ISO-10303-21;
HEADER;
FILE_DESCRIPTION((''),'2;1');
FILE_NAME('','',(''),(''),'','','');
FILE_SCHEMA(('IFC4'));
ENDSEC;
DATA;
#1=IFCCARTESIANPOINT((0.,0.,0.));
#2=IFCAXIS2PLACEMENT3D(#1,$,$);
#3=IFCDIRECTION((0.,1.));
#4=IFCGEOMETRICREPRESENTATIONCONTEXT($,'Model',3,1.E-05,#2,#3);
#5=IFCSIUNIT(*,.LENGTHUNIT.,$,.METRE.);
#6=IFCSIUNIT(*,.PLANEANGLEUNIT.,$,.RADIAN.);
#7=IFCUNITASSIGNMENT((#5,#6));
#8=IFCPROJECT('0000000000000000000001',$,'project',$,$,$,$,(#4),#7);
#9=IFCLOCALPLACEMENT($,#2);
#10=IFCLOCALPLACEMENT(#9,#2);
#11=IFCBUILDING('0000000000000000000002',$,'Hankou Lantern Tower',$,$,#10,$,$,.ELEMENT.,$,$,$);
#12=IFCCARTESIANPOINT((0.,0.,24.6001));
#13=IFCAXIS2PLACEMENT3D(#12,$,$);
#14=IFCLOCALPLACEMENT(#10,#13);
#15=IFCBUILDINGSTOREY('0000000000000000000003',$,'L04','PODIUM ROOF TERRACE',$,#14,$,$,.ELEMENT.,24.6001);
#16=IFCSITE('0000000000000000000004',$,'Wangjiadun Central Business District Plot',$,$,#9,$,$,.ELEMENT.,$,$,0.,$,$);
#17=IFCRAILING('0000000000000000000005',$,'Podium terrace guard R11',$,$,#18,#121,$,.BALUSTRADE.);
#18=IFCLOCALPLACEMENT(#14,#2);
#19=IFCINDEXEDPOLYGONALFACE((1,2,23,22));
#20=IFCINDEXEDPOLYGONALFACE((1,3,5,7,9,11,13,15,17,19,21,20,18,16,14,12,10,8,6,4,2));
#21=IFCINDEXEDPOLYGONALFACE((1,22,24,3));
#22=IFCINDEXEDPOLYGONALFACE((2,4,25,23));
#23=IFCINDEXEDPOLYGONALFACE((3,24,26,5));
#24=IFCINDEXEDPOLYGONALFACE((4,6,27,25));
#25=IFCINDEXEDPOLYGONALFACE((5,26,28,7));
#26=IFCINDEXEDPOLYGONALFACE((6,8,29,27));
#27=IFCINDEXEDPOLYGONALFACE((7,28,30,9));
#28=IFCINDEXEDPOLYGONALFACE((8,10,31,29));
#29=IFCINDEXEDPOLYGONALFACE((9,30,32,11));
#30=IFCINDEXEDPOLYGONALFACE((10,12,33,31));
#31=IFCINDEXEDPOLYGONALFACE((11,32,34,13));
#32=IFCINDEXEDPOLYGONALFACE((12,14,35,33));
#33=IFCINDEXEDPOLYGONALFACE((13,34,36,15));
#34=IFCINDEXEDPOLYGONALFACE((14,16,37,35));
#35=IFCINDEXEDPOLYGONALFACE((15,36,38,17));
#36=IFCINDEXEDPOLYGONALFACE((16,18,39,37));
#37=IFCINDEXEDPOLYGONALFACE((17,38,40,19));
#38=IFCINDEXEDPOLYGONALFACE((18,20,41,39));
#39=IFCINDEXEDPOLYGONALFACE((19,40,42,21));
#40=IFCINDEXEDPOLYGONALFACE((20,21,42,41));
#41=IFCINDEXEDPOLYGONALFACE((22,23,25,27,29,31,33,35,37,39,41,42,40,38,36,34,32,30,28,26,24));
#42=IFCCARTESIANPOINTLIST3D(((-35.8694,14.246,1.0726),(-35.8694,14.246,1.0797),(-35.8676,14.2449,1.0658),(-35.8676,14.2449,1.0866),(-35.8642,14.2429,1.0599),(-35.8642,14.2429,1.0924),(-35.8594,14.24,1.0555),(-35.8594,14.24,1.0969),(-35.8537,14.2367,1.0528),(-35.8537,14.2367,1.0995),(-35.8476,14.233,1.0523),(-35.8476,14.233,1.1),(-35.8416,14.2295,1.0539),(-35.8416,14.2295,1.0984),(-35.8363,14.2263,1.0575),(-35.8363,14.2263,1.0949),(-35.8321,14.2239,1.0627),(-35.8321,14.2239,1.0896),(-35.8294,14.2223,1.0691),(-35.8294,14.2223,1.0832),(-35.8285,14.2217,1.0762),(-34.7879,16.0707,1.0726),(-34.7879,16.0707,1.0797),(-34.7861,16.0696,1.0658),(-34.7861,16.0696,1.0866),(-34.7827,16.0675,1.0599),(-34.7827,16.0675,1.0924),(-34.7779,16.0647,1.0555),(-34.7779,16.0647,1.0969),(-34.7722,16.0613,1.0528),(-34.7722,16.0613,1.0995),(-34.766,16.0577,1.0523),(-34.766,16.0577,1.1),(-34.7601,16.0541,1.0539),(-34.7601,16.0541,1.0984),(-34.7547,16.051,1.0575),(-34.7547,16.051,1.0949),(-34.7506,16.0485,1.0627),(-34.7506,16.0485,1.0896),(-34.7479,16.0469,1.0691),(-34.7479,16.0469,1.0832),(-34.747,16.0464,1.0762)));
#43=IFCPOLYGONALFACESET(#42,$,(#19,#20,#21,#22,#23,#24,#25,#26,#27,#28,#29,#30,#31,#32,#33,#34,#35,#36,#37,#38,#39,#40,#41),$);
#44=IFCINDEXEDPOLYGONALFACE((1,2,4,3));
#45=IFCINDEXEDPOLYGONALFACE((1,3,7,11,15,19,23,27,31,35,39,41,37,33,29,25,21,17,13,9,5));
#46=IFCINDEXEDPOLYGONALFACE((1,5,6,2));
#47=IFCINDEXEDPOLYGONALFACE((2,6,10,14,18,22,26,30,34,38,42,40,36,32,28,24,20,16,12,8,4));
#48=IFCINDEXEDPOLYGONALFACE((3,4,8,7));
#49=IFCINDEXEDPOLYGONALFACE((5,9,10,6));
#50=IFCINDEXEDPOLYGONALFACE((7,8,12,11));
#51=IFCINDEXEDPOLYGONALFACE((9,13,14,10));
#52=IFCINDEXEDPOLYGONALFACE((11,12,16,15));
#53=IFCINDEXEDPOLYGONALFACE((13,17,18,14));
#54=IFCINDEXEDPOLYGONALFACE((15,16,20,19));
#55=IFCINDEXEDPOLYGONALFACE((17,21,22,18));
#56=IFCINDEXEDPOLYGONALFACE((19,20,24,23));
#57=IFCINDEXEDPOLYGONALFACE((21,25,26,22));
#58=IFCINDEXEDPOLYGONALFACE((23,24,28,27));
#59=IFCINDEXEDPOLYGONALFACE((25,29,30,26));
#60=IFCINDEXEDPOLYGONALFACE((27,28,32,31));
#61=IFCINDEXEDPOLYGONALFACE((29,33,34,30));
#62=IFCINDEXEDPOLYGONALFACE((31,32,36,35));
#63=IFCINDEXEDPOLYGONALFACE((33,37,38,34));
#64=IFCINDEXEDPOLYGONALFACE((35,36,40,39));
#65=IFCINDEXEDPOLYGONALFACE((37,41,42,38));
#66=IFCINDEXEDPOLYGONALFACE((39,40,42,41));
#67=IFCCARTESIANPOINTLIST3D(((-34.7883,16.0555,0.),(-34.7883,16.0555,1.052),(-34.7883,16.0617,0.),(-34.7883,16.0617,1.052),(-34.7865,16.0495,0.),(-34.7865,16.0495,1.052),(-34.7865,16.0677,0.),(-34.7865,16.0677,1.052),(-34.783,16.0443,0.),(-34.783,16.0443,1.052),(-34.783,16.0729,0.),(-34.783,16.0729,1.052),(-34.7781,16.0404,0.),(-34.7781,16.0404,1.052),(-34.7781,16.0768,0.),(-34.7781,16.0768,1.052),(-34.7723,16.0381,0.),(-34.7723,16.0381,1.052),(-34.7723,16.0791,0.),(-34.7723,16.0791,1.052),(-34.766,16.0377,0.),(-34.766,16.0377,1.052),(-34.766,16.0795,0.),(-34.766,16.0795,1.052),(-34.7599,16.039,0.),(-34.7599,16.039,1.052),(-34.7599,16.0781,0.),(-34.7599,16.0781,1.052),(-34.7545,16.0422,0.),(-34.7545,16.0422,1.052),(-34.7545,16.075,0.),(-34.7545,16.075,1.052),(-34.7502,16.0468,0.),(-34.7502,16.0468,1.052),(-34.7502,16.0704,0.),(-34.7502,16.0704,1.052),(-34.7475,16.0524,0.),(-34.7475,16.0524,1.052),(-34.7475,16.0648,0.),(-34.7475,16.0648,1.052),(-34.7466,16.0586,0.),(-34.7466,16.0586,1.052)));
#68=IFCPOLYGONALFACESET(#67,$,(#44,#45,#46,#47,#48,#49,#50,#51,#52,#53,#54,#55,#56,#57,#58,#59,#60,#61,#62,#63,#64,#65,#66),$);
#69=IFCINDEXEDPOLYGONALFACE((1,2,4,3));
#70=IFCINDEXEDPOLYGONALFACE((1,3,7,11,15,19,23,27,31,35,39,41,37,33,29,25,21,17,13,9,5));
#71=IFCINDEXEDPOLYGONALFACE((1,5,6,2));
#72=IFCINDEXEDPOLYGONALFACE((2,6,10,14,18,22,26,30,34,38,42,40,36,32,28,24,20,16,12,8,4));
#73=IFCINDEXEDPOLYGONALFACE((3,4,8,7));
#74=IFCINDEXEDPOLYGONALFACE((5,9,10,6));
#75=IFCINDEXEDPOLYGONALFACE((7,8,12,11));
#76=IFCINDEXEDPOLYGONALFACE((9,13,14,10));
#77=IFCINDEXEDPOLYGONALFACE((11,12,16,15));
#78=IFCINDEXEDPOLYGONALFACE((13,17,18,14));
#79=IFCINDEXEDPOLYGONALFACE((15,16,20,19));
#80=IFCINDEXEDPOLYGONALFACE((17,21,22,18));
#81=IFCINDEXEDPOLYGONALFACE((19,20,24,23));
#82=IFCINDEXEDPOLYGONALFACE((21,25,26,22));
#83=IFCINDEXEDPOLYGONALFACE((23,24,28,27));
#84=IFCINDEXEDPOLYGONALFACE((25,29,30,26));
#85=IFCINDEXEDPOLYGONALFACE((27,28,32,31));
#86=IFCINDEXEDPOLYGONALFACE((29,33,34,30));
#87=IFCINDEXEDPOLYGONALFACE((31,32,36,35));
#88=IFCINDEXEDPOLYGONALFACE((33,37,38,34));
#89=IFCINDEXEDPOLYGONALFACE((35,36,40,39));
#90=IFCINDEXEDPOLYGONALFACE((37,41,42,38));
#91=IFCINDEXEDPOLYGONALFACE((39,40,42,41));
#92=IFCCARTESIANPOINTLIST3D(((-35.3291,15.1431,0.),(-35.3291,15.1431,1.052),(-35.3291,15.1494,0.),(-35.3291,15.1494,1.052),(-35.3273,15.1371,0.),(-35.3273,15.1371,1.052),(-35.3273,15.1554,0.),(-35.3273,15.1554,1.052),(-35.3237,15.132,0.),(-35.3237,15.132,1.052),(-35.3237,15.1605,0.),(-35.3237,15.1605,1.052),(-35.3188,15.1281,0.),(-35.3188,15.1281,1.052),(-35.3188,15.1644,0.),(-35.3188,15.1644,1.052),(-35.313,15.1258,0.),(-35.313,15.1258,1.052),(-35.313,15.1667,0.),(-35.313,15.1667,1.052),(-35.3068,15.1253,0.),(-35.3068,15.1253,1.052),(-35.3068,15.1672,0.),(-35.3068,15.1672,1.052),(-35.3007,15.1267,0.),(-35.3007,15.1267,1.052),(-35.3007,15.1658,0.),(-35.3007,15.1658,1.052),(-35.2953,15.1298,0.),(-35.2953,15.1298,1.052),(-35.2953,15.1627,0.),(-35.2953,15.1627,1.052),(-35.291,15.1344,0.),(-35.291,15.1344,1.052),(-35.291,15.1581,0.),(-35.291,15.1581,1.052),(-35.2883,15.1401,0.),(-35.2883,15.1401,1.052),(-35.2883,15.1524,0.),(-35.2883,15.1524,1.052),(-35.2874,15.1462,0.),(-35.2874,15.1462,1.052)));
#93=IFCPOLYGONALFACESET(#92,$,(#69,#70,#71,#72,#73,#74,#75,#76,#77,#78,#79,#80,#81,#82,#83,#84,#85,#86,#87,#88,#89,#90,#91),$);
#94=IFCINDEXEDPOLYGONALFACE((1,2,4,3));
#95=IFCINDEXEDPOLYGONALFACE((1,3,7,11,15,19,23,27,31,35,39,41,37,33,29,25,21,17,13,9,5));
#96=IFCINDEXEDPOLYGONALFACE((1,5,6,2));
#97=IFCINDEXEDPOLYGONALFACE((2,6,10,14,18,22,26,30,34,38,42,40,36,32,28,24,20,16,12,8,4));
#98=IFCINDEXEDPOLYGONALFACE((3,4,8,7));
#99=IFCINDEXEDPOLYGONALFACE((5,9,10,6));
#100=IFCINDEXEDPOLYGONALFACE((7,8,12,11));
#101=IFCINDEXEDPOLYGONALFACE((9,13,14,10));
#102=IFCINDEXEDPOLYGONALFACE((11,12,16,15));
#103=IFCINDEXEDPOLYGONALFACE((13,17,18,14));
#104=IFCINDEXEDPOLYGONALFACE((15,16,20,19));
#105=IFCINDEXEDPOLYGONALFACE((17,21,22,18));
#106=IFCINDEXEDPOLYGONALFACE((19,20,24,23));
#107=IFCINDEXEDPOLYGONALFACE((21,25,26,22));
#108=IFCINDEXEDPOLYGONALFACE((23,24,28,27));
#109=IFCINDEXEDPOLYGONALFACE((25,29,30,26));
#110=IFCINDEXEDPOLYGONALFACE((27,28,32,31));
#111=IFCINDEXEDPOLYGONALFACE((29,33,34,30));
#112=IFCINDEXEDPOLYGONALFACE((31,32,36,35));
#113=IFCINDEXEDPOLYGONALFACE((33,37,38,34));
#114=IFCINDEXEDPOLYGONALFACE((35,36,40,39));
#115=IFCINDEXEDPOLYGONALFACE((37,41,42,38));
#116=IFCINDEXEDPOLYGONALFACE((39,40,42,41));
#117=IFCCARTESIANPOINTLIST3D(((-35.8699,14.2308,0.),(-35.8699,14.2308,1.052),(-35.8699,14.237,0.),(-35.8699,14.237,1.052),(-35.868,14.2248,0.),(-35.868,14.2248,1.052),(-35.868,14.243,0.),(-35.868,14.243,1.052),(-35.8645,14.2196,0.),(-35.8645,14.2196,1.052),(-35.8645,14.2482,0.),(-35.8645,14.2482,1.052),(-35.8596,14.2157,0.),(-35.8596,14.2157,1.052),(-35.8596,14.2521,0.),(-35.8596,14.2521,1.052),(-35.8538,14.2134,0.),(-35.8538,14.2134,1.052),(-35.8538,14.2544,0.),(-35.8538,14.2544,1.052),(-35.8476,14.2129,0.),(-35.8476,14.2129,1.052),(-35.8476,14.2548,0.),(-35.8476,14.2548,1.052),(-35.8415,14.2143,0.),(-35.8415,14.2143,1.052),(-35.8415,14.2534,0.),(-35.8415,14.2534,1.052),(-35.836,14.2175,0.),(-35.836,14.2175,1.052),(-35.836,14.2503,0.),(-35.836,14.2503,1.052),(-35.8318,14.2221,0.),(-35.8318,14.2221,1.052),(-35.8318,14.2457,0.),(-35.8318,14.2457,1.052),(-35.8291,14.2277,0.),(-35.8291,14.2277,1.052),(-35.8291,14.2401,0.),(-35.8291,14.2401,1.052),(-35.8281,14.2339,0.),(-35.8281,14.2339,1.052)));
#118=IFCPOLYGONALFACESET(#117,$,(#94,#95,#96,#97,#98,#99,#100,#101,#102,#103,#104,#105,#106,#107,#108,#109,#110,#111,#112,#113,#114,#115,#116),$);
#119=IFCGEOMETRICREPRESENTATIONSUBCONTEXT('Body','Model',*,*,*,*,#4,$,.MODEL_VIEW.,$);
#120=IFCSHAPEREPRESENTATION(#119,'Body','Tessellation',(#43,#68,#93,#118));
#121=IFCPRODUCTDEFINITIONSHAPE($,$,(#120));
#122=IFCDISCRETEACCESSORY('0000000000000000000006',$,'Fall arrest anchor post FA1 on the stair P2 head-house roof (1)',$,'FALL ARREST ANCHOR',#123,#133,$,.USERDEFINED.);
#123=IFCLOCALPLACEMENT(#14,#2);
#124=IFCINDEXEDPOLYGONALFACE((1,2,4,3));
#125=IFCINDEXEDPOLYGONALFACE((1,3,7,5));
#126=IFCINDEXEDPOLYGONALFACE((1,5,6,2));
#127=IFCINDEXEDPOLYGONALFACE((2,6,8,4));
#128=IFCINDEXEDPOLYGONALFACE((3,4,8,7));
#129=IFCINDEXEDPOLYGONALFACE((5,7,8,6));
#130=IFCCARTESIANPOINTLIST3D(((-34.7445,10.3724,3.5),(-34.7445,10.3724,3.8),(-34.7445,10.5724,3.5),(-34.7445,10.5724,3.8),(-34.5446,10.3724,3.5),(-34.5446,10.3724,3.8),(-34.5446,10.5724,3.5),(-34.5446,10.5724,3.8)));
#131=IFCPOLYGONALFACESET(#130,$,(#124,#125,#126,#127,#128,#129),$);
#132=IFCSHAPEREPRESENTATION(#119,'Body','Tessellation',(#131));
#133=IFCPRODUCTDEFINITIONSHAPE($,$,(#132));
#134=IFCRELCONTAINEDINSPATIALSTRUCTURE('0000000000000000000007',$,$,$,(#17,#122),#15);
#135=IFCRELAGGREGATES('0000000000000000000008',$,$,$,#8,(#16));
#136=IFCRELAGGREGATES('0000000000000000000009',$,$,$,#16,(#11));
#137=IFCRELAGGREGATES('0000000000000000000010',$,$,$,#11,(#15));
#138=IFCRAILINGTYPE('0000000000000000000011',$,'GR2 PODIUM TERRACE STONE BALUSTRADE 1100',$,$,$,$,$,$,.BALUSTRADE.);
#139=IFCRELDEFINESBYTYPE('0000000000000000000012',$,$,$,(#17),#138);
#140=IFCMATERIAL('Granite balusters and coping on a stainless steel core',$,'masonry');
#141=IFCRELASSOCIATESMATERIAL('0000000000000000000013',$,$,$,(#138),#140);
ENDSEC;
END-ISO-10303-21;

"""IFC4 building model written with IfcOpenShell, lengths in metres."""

from ifc_helpers import new_model, si_unit, direction, frame, origin, origin_2d, place, context, subcontext, project, spatial, rectangle, circle, extrude, material, type_object, element, save


model = new_model("IFC4")

# Units and contexts
model_context = context("Model", 3, precision=1e-05, world=origin(), true_north=direction((0.0, 1.0)))
body_context = subcontext(model_context, "Body", "Model", "MODEL_VIEW")
ifc_project = project(units=[si_unit("LENGTHUNIT", "METRE"), si_unit("PLANEANGLEUNIT", "RADIAN")], contexts=[model_context])

# Site, building, storey
site_placement = place(None, origin())
site = spatial("IfcSite", under=ifc_project, at=site_placement, Name="Wangjiadun Central Business District Plot", CompositionType="ELEMENT", RefElevation=0.0)
building_placement = place(site_placement, origin())
building = spatial("IfcBuilding", under=site, at=building_placement, Name="Hankou Lantern Tower", CompositionType="ELEMENT")
storey_placement = place(building_placement, frame((0.0, 0.0, 24.6001)))
storey = spatial("IfcBuildingStorey", under=building, at=storey_placement, Name="L04", Description="PODIUM ROOF TERRACE", CompositionType="ELEMENT", Elevation=24.6001)

# Railing
ifc_material_1 = material(Name="Granite balusters and coping on a stainless steel core", Category="masonry")
railing_type_1 = type_object("IfcRailingType", Name="GR2 PODIUM TERRACE STONE BALUSTRADE 1100", PredefinedType="BALUSTRADE", material=ifc_material_1)
railing_1_placement = place(storey_placement, frame((-34.7676, 16.0586, 0.0)))
element("IfcRailing", 1, at=railing_1_placement, inside=storey, type_object=railing_type_1, Name="Podium terrace guard R11", PredefinedType="BALUSTRADE", context=body_context, shape_type="SweptSolid", body=[
    extrude(circle(Radius=0.0239, at=origin_2d()), frame((0.0, 0.0, 1.0762), z_axis=(-0.509884, -0.860243, 0.0), x_axis=(0.860243, -0.509884, 0.0)), (0.0, 0.0, 1.0), 2.1211),
    extrude(circle(Radius=0.021, at=origin_2d()), origin(), (0.0, 0.0, 1.0), 1.052),
    extrude(circle(Radius=0.021, at=origin_2d()), frame((-0.5408, -0.9124, 0.0)), (0.0, 0.0, 1.0), 1.052),
    extrude(circle(Radius=0.021, at=origin_2d()), frame((-1.0815, -1.8247, 0.0)), (0.0, 0.0, 1.0), 1.052),
])

# Discrete accessory
discrete_accessory_placement = place(storey_placement, frame((-34.6445, 10.4724, 3.5), z_axis=(0.0, 0.0, 1.0), x_axis=(1.0, 0.0, 0.0)))
element("IfcDiscreteAccessory", 2, at=discrete_accessory_placement, inside=storey, Name="Fall arrest anchor post FA1 on the stair P2 head-house roof (1)", ObjectType="FALL ARREST ANCHOR", PredefinedType="USERDEFINED", context=body_context, shape_type="SweptSolid", body=[
    extrude(rectangle(XDim=0.2, YDim=0.2, at=origin_2d()), origin(), (0.0, 0.0, 1.0), 0.3),
])

save(model, "model.ifc")
